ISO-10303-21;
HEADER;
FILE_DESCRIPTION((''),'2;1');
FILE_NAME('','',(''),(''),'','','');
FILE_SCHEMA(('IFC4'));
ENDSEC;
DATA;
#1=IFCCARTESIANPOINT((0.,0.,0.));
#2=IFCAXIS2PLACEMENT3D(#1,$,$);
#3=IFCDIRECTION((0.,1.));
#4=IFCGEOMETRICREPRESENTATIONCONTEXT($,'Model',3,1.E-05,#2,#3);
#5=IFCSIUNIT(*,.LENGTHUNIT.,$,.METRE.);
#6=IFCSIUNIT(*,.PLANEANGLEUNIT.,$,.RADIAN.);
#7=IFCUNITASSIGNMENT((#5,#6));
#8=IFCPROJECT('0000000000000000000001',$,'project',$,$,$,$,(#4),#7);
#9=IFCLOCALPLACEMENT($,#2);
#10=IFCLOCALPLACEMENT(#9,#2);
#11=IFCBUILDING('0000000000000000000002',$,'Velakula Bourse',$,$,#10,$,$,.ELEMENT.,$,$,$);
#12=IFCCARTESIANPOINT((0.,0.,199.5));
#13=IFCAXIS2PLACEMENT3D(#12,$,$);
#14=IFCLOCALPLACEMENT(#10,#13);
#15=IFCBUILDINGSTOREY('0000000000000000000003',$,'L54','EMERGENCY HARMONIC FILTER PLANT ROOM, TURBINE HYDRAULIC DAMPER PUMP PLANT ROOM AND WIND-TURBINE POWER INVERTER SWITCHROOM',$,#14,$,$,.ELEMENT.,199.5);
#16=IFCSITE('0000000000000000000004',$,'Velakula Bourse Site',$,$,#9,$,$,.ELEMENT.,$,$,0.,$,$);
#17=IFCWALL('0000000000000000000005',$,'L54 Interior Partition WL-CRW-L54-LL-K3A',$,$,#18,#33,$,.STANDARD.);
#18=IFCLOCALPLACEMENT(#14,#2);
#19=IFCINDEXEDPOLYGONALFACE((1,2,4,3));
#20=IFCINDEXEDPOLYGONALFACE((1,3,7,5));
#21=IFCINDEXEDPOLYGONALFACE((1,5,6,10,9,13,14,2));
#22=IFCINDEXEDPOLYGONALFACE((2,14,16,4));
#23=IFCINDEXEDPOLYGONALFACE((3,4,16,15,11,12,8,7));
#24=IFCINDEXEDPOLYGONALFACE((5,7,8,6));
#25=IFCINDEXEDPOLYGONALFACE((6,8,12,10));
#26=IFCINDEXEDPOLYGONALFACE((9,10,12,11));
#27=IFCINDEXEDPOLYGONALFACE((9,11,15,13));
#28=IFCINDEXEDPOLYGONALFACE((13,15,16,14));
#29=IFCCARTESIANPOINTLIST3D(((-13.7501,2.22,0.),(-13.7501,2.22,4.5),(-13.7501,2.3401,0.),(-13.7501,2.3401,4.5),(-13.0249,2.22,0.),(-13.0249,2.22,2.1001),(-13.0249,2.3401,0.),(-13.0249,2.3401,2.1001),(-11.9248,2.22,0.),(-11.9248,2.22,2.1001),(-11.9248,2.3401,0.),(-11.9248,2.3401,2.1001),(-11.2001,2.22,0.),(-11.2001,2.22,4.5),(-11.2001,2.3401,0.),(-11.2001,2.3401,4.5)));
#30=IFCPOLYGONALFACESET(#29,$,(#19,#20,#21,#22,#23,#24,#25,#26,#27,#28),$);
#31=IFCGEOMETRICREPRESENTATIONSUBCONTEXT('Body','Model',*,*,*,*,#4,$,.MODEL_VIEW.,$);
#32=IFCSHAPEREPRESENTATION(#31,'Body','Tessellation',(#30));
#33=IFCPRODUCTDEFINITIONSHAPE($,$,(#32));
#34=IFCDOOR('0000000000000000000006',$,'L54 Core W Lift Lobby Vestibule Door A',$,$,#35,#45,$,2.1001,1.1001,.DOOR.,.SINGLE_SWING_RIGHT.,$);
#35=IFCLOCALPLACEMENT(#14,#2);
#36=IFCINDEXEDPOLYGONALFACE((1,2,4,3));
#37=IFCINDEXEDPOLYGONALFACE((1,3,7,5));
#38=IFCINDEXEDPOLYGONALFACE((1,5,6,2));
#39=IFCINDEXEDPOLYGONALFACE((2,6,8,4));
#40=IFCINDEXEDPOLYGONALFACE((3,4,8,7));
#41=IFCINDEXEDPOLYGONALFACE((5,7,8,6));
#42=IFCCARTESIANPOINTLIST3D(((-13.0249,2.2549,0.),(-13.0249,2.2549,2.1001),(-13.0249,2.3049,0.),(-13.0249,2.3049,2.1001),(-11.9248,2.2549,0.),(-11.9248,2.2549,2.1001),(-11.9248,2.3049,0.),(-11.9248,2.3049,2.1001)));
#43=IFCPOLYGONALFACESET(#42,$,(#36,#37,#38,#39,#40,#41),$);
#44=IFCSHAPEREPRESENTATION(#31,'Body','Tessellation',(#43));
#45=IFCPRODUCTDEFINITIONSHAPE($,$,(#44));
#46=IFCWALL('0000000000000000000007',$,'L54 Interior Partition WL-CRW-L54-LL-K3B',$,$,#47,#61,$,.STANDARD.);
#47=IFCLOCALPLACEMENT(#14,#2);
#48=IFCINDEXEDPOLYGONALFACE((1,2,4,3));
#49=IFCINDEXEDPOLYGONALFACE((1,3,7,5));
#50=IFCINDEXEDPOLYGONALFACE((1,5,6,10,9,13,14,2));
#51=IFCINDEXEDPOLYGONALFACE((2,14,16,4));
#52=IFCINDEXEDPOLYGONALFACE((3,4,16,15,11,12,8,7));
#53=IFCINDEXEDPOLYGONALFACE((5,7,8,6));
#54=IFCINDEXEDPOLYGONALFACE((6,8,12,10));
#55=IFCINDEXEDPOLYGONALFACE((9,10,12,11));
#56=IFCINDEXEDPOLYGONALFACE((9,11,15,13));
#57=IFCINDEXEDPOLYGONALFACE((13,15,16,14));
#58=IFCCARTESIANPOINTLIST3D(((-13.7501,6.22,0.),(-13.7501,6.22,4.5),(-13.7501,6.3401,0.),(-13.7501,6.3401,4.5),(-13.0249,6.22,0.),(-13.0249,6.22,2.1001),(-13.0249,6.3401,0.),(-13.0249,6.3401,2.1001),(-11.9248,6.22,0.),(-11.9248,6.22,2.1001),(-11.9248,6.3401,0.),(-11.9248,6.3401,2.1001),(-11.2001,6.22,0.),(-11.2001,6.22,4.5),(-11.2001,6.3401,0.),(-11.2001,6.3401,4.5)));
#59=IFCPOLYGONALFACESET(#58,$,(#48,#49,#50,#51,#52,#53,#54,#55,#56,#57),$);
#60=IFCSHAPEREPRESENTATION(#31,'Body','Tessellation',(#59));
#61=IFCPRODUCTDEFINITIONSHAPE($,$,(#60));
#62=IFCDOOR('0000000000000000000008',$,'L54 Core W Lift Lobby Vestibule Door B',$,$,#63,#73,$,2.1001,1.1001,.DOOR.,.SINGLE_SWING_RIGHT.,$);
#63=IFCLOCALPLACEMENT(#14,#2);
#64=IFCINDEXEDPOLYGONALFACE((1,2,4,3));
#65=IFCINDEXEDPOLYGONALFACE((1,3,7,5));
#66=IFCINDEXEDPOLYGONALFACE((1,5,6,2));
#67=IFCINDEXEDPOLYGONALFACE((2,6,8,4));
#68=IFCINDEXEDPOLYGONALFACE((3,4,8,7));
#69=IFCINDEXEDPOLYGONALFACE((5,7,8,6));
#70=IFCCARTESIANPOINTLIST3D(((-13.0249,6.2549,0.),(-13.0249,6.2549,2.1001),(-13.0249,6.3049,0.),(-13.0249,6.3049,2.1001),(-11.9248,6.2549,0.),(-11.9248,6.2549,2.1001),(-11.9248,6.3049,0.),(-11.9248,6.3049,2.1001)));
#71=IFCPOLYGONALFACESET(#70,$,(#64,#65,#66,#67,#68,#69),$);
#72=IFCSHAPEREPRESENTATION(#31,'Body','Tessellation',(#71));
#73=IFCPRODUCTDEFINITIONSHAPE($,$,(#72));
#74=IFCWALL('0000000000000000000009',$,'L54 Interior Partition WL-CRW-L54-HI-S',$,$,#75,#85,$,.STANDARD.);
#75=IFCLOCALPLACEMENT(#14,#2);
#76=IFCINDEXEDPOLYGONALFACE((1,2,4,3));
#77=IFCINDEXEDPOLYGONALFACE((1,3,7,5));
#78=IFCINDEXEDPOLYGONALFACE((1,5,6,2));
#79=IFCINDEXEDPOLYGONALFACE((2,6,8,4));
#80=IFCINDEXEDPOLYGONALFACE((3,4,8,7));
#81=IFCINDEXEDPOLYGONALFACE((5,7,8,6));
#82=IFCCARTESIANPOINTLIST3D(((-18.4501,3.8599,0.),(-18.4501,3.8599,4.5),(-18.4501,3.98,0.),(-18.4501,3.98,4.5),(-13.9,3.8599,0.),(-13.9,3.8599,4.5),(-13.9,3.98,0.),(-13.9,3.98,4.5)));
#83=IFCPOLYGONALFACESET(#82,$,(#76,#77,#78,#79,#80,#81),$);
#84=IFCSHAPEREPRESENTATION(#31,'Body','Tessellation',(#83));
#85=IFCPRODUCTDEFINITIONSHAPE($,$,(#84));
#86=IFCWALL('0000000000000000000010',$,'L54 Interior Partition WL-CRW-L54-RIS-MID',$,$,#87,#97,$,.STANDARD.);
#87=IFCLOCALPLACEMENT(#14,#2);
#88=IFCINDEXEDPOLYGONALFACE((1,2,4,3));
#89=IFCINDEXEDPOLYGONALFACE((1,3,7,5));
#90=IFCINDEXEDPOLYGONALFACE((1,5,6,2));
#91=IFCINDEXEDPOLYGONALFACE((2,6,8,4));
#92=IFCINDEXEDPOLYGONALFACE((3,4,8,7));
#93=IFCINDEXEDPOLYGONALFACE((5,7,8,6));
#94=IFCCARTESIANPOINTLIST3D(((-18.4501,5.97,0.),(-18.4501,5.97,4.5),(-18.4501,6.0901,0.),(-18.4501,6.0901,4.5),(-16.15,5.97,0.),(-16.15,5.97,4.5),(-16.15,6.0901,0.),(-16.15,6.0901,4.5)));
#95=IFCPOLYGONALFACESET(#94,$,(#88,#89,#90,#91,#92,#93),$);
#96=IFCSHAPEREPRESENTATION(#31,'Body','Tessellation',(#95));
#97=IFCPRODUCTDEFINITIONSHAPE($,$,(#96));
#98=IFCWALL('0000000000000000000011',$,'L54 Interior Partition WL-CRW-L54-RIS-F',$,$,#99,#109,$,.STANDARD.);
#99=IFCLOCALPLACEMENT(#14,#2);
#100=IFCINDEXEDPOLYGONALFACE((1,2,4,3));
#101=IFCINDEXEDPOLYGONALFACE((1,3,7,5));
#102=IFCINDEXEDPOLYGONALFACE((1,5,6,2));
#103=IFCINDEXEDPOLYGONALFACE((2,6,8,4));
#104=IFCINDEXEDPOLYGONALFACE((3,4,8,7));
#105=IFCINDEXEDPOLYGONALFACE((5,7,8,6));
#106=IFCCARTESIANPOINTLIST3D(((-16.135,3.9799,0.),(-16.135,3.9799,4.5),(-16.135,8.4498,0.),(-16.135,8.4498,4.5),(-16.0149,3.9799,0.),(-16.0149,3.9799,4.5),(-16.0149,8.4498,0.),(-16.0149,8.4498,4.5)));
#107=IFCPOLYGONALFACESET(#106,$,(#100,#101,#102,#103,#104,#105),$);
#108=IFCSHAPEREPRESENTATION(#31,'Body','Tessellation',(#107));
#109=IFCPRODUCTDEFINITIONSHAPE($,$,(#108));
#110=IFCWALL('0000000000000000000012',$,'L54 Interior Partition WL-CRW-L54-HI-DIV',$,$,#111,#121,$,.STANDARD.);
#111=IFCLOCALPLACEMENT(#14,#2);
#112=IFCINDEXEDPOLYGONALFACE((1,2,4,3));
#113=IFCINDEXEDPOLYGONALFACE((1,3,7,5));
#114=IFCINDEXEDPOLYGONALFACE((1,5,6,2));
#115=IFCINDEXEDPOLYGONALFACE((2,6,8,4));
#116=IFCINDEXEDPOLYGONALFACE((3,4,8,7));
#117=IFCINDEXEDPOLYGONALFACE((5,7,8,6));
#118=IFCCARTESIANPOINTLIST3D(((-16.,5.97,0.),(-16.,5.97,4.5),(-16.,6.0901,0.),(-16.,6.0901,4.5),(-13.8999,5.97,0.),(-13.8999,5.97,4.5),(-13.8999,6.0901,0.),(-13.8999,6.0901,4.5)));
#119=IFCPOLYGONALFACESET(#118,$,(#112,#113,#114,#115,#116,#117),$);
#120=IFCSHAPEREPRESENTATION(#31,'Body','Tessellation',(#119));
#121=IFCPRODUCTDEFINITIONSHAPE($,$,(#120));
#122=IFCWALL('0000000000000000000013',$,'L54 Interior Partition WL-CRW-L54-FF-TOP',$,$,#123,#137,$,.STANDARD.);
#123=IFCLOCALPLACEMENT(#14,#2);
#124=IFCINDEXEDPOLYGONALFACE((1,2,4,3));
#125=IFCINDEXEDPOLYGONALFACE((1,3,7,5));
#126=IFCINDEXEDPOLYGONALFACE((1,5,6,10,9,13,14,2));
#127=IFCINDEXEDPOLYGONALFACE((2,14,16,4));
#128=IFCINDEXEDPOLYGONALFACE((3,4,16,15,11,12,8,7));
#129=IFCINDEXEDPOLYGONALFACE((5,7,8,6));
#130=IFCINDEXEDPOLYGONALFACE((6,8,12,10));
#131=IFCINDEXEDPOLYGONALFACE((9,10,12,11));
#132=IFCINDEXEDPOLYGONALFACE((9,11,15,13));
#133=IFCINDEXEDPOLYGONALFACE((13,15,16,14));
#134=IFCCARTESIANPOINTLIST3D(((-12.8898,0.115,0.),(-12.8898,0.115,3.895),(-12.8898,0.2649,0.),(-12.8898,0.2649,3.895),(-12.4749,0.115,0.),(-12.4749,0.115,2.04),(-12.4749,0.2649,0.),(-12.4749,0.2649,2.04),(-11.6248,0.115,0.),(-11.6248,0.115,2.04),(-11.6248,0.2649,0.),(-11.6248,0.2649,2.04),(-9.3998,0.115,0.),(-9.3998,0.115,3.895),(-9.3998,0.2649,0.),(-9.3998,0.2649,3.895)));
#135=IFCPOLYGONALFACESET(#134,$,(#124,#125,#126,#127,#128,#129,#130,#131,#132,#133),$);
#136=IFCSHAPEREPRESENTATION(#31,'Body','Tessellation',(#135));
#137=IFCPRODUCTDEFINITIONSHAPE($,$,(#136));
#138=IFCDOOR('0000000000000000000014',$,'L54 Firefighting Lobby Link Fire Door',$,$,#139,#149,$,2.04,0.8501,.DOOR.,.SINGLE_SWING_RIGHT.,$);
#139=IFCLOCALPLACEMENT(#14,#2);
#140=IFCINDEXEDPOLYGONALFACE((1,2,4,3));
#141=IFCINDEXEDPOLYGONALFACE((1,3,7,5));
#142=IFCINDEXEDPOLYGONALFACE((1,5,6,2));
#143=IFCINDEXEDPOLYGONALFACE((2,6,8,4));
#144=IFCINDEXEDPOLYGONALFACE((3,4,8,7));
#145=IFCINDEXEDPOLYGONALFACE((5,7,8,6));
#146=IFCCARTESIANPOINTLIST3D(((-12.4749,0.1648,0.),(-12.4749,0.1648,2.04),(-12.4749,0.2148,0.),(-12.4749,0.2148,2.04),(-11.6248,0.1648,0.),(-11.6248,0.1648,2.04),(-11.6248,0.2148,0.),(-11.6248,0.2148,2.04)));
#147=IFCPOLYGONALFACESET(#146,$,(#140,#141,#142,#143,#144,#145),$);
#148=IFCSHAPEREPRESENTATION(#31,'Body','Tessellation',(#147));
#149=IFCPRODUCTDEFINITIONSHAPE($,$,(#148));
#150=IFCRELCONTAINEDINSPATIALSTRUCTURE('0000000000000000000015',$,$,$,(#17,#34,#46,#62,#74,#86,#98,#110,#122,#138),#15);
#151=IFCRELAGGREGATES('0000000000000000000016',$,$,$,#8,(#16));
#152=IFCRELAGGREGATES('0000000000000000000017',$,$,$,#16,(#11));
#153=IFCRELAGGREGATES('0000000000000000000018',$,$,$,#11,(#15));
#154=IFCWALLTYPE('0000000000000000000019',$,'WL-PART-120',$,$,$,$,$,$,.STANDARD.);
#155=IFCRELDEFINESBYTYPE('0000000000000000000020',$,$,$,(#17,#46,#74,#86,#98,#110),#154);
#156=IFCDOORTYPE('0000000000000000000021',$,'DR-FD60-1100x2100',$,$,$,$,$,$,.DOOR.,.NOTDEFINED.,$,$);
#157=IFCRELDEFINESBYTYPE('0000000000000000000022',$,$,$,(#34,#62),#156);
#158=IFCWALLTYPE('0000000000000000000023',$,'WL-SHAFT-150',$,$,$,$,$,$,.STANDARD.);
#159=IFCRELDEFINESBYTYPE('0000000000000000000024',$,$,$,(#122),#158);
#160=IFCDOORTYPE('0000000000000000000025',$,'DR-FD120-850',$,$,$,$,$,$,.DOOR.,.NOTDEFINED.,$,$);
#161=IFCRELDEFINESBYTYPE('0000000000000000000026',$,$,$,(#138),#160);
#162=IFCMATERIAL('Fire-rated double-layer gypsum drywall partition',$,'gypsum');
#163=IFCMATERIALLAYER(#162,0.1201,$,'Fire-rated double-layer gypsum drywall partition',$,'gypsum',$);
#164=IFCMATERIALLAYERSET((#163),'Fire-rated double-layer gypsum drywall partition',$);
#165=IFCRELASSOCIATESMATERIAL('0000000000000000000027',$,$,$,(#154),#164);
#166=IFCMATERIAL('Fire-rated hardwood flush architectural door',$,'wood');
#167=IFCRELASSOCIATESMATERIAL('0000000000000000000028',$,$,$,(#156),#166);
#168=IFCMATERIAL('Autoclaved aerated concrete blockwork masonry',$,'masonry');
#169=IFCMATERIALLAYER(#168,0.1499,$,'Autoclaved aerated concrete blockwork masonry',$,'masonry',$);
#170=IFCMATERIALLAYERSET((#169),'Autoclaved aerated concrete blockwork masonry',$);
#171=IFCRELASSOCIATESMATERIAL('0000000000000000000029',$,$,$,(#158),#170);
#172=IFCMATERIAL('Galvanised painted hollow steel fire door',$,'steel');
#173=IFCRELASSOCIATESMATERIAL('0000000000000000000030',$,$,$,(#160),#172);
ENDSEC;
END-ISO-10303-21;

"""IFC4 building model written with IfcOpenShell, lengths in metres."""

from ifc_helpers import new_model, si_unit, direction, frame, frame_2d, origin, place, context, subcontext, project, spatial, rectangle, extrude, material, layer, layer_set, type_object, element, fill, save


model = new_model("IFC4")

# Units and contexts
model_context = context("Model", 3, precision=1e-05, world=origin(), true_north=direction((0.0, 1.0)))
body_context = subcontext(model_context, "Body", "Model", "MODEL_VIEW")
ifc_project = project(units=[si_unit("LENGTHUNIT", "METRE"), si_unit("PLANEANGLEUNIT", "RADIAN")], contexts=[model_context])

# Site, building, storey
site_placement = place(None, origin())
site = spatial("IfcSite", under=ifc_project, at=site_placement, Name="Velakula Bourse Site", CompositionType="ELEMENT", RefElevation=0.0)
building_placement = place(site_placement, origin())
building = spatial("IfcBuilding", under=site, at=building_placement, Name="Velakula Bourse", CompositionType="ELEMENT")
storey_placement = place(building_placement, frame((0.0, 0.0, 199.5)))
storey = spatial("IfcBuildingStorey", under=building, at=storey_placement, Name="L54", Description="EMERGENCY HARMONIC FILTER PLANT ROOM, TURBINE HYDRAULIC DAMPER PUMP PLANT ROOM AND WIND-TURBINE POWER INVERTER SWITCHROOM", CompositionType="ELEMENT", Elevation=199.5)

# Walls, openings, doors
ifc_material_1 = material(Name="Fire-rated double-layer gypsum drywall partition", Category="gypsum")
ifc_layer_1 = layer(ifc_material_1, 0.1201, Name="Fire-rated double-layer gypsum drywall partition", Category="gypsum")
ifc_layer_set_1 = layer_set([ifc_layer_1], Name="Fire-rated double-layer gypsum drywall partition")
wall_type_1 = type_object("IfcWallType", Name="WL-PART-120", PredefinedType="STANDARD", material=ifc_layer_set_1)
wall_1_placement = place(storey_placement, frame((-13.75, 2.28, 0.0), z_axis=(0.0, 0.0, 1.0), x_axis=(1.0, 0.0, 0.0)))
wall_1 = element("IfcWall", 1, at=wall_1_placement, inside=storey, type_object=wall_type_1, Name="L54 Interior Partition WL-CRW-L54-LL-K3A", PredefinedType="STANDARD", context=body_context, shape_type="SweptSolid", body=[
    extrude(rectangle(XDim=2.55, YDim=0.1201, at=frame_2d((1.2749, 0.0))), origin(), (0.0, 0.0, 1.0), 4.5),
])
opening_1_placement = place(wall_1_placement, frame((0.7251, 0.0, 0.0)))
opening_1 = element("IfcOpeningElement", 2, at=opening_1_placement, cuts=wall_1, PredefinedType="OPENING", context=body_context, shape_type="SweptSolid", body=[
    extrude(rectangle(XDim=1.1001, YDim=2.1001, at=frame_2d((0.55, 1.05))), frame((0.0, 0.0701, 0.0), z_axis=(0.0, -1.0, 0.0), x_axis=(1.0, 0.0, 0.0)), (0.0, 0.0, 1.0), 0.1401),
])
ifc_material_2 = material(Name="Fire-rated hardwood flush architectural door", Category="wood")
door_type_1 = type_object("IfcDoorType", Name="DR-FD60-1100x2100", OperationType="NOTDEFINED", PredefinedType="DOOR", material=ifc_material_2)
door_1_placement = place(opening_1_placement, origin())
door_1 = element("IfcDoor", 3, at=door_1_placement, inside=storey, type_object=door_type_1, Name="L54 Core W Lift Lobby Vestibule Door A", OperationType="SINGLE_SWING_RIGHT", OverallHeight=2.1001, OverallWidth=1.1001, PredefinedType="DOOR", context=body_context, shape_type="SweptSolid", body=[
    extrude(rectangle(XDim=1.1001, YDim=2.1001, at=frame_2d((0.55, 1.05))), frame((0.0, 0.0249, 0.0), z_axis=(0.0, -1.0, 0.0), x_axis=(1.0, 0.0, 0.0)), (0.0, 0.0, 1.0), 0.05),
])
fill(opening_1, door_1)
wall_2_placement = place(storey_placement, frame((-13.75, 6.28, 0.0), z_axis=(0.0, 0.0, 1.0), x_axis=(1.0, 0.0, 0.0)))
wall_2 = element("IfcWall", 4, at=wall_2_placement, inside=storey, type_object=wall_type_1, Name="L54 Interior Partition WL-CRW-L54-LL-K3B", PredefinedType="STANDARD", context=body_context, shape_type="SweptSolid", body=[
    extrude(rectangle(XDim=2.55, YDim=0.1201, at=frame_2d((1.2749, 0.0))), origin(), (0.0, 0.0, 1.0), 4.5),
])
opening_2_placement = place(wall_2_placement, frame((0.7251, 0.0, 0.0)))
opening_2 = element("IfcOpeningElement", 5, at=opening_2_placement, cuts=wall_2, PredefinedType="OPENING", context=body_context, shape_type="SweptSolid", body=[
    extrude(rectangle(XDim=1.1001, YDim=2.1001, at=frame_2d((0.55, 1.05))), frame((0.0, 0.0701, 0.0), z_axis=(0.0, -1.0, 0.0), x_axis=(1.0, 0.0, 0.0)), (0.0, 0.0, 1.0), 0.1401),
])
door_2_placement = place(opening_2_placement, origin())
door_2 = element("IfcDoor", 6, at=door_2_placement, inside=storey, type_object=door_type_1, Name="L54 Core W Lift Lobby Vestibule Door B", OperationType="SINGLE_SWING_RIGHT", OverallHeight=2.1001, OverallWidth=1.1001, PredefinedType="DOOR", context=body_context, shape_type="SweptSolid", body=[
    extrude(rectangle(XDim=1.1001, YDim=2.1001, at=frame_2d((0.55, 1.05))), frame((0.0, 0.0249, 0.0), z_axis=(0.0, -1.0, 0.0), x_axis=(1.0, 0.0, 0.0)), (0.0, 0.0, 1.0), 0.05),
])
fill(opening_2, door_2)

# Walls
wall_3_placement = place(storey_placement, frame((-18.45, 3.9199, 0.0), z_axis=(0.0, 0.0, 1.0), x_axis=(1.0, 0.0, 0.0)))
element("IfcWall", 7, at=wall_3_placement, inside=storey, type_object=wall_type_1, Name="L54 Interior Partition WL-CRW-L54-HI-S", PredefinedType="STANDARD", context=body_context, shape_type="SweptSolid", body=[
    extrude(rectangle(XDim=4.55, YDim=0.1201, at=frame_2d((2.2749, 0.0))), origin(), (0.0, 0.0, 1.0), 4.5),
])
wall_4_placement = place(storey_placement, frame((-18.45, 6.03, 0.0), z_axis=(0.0, 0.0, 1.0), x_axis=(1.0, 0.0, 0.0)))
element("IfcWall", 8, at=wall_4_placement, inside=storey, type_object=wall_type_1, Name="L54 Interior Partition WL-CRW-L54-RIS-MID", PredefinedType="STANDARD", context=body_context, shape_type="SweptSolid", body=[
    extrude(rectangle(XDim=2.3, YDim=0.1201, at=frame_2d((1.1499, 0.0))), origin(), (0.0, 0.0, 1.0), 4.5),
])
wall_5_placement = place(storey_placement, frame((-16.075, 3.98, 0.0), z_axis=(0.0, 0.0, 1.0), x_axis=(0.0, 1.0, 0.0)))
element("IfcWall", 9, at=wall_5_placement, inside=storey, type_object=wall_type_1, Name="L54 Interior Partition WL-CRW-L54-RIS-F", PredefinedType="STANDARD", context=body_context, shape_type="SweptSolid", body=[
    extrude(rectangle(XDim=4.47, YDim=0.1201, at=frame_2d((2.2349, 0.0))), origin(), (0.0, 0.0, 1.0), 4.5),
])
wall_6_placement = place(storey_placement, frame((-16.0, 6.03, 0.0), z_axis=(0.0, 0.0, 1.0), x_axis=(1.0, 0.0, 0.0)))
element("IfcWall", 10, at=wall_6_placement, inside=storey, type_object=wall_type_1, Name="L54 Interior Partition WL-CRW-L54-HI-DIV", PredefinedType="STANDARD", context=body_context, shape_type="SweptSolid", body=[
    extrude(rectangle(XDim=2.1001, YDim=0.1201, at=frame_2d((1.05, 0.0))), origin(), (0.0, 0.0, 1.0), 4.5),
])

# Wall, opening, door
ifc_material_3 = material(Name="Autoclaved aerated concrete blockwork masonry", Category="masonry")
ifc_layer_2 = layer(ifc_material_3, 0.1499, Name="Autoclaved aerated concrete blockwork masonry", Category="masonry")
ifc_layer_set_2 = layer_set([ifc_layer_2], Name="Autoclaved aerated concrete blockwork masonry")
wall_type_2 = type_object("IfcWallType", Name="WL-SHAFT-150", PredefinedType="STANDARD", material=ifc_layer_set_2)
wall_7_placement = place(storey_placement, frame((-12.8899, 0.1899, 0.0), z_axis=(0.0, 0.0, 1.0), x_axis=(1.0, 0.0, 0.0)))
wall_7 = element("IfcWall", 11, at=wall_7_placement, inside=storey, type_object=wall_type_2, Name="L54 Interior Partition WL-CRW-L54-FF-TOP", PredefinedType="STANDARD", context=body_context, shape_type="SweptSolid", body=[
    extrude(rectangle(XDim=3.49, YDim=0.1499, at=frame_2d((1.7451, 0.0))), origin(), (0.0, 0.0, 1.0), 3.895),
])
opening_3_placement = place(wall_7_placement, frame((0.415, 0.0, 0.0)))
opening_3 = element("IfcOpeningElement", 12, at=opening_3_placement, cuts=wall_7, PredefinedType="OPENING", context=body_context, shape_type="SweptSolid", body=[
    extrude(rectangle(XDim=0.8501, YDim=2.04, at=frame_2d((0.425, 1.02))), frame((0.0, 0.085, 0.0), z_axis=(0.0, -1.0, 0.0), x_axis=(1.0, 0.0, 0.0)), (0.0, 0.0, 1.0), 0.1699),
])
ifc_material_4 = material(Name="Galvanised painted hollow steel fire door", Category="steel")
door_type_2 = type_object("IfcDoorType", Name="DR-FD120-850", OperationType="NOTDEFINED", PredefinedType="DOOR", material=ifc_material_4)
door_3_placement = place(opening_3_placement, origin())
door_3 = element("IfcDoor", 13, at=door_3_placement, inside=storey, type_object=door_type_2, Name="L54 Firefighting Lobby Link Fire Door", OperationType="SINGLE_SWING_RIGHT", OverallHeight=2.04, OverallWidth=0.8501, PredefinedType="DOOR", context=body_context, shape_type="SweptSolid", body=[
    extrude(rectangle(XDim=0.8501, YDim=2.04, at=frame_2d((0.425, 1.02))), frame((0.0, 0.0249, 0.0), z_axis=(0.0, -1.0, 0.0), x_axis=(1.0, 0.0, 0.0)), (0.0, 0.0, 1.0), 0.05),
])
fill(opening_3, door_3)

save(model, "model.ifc")
